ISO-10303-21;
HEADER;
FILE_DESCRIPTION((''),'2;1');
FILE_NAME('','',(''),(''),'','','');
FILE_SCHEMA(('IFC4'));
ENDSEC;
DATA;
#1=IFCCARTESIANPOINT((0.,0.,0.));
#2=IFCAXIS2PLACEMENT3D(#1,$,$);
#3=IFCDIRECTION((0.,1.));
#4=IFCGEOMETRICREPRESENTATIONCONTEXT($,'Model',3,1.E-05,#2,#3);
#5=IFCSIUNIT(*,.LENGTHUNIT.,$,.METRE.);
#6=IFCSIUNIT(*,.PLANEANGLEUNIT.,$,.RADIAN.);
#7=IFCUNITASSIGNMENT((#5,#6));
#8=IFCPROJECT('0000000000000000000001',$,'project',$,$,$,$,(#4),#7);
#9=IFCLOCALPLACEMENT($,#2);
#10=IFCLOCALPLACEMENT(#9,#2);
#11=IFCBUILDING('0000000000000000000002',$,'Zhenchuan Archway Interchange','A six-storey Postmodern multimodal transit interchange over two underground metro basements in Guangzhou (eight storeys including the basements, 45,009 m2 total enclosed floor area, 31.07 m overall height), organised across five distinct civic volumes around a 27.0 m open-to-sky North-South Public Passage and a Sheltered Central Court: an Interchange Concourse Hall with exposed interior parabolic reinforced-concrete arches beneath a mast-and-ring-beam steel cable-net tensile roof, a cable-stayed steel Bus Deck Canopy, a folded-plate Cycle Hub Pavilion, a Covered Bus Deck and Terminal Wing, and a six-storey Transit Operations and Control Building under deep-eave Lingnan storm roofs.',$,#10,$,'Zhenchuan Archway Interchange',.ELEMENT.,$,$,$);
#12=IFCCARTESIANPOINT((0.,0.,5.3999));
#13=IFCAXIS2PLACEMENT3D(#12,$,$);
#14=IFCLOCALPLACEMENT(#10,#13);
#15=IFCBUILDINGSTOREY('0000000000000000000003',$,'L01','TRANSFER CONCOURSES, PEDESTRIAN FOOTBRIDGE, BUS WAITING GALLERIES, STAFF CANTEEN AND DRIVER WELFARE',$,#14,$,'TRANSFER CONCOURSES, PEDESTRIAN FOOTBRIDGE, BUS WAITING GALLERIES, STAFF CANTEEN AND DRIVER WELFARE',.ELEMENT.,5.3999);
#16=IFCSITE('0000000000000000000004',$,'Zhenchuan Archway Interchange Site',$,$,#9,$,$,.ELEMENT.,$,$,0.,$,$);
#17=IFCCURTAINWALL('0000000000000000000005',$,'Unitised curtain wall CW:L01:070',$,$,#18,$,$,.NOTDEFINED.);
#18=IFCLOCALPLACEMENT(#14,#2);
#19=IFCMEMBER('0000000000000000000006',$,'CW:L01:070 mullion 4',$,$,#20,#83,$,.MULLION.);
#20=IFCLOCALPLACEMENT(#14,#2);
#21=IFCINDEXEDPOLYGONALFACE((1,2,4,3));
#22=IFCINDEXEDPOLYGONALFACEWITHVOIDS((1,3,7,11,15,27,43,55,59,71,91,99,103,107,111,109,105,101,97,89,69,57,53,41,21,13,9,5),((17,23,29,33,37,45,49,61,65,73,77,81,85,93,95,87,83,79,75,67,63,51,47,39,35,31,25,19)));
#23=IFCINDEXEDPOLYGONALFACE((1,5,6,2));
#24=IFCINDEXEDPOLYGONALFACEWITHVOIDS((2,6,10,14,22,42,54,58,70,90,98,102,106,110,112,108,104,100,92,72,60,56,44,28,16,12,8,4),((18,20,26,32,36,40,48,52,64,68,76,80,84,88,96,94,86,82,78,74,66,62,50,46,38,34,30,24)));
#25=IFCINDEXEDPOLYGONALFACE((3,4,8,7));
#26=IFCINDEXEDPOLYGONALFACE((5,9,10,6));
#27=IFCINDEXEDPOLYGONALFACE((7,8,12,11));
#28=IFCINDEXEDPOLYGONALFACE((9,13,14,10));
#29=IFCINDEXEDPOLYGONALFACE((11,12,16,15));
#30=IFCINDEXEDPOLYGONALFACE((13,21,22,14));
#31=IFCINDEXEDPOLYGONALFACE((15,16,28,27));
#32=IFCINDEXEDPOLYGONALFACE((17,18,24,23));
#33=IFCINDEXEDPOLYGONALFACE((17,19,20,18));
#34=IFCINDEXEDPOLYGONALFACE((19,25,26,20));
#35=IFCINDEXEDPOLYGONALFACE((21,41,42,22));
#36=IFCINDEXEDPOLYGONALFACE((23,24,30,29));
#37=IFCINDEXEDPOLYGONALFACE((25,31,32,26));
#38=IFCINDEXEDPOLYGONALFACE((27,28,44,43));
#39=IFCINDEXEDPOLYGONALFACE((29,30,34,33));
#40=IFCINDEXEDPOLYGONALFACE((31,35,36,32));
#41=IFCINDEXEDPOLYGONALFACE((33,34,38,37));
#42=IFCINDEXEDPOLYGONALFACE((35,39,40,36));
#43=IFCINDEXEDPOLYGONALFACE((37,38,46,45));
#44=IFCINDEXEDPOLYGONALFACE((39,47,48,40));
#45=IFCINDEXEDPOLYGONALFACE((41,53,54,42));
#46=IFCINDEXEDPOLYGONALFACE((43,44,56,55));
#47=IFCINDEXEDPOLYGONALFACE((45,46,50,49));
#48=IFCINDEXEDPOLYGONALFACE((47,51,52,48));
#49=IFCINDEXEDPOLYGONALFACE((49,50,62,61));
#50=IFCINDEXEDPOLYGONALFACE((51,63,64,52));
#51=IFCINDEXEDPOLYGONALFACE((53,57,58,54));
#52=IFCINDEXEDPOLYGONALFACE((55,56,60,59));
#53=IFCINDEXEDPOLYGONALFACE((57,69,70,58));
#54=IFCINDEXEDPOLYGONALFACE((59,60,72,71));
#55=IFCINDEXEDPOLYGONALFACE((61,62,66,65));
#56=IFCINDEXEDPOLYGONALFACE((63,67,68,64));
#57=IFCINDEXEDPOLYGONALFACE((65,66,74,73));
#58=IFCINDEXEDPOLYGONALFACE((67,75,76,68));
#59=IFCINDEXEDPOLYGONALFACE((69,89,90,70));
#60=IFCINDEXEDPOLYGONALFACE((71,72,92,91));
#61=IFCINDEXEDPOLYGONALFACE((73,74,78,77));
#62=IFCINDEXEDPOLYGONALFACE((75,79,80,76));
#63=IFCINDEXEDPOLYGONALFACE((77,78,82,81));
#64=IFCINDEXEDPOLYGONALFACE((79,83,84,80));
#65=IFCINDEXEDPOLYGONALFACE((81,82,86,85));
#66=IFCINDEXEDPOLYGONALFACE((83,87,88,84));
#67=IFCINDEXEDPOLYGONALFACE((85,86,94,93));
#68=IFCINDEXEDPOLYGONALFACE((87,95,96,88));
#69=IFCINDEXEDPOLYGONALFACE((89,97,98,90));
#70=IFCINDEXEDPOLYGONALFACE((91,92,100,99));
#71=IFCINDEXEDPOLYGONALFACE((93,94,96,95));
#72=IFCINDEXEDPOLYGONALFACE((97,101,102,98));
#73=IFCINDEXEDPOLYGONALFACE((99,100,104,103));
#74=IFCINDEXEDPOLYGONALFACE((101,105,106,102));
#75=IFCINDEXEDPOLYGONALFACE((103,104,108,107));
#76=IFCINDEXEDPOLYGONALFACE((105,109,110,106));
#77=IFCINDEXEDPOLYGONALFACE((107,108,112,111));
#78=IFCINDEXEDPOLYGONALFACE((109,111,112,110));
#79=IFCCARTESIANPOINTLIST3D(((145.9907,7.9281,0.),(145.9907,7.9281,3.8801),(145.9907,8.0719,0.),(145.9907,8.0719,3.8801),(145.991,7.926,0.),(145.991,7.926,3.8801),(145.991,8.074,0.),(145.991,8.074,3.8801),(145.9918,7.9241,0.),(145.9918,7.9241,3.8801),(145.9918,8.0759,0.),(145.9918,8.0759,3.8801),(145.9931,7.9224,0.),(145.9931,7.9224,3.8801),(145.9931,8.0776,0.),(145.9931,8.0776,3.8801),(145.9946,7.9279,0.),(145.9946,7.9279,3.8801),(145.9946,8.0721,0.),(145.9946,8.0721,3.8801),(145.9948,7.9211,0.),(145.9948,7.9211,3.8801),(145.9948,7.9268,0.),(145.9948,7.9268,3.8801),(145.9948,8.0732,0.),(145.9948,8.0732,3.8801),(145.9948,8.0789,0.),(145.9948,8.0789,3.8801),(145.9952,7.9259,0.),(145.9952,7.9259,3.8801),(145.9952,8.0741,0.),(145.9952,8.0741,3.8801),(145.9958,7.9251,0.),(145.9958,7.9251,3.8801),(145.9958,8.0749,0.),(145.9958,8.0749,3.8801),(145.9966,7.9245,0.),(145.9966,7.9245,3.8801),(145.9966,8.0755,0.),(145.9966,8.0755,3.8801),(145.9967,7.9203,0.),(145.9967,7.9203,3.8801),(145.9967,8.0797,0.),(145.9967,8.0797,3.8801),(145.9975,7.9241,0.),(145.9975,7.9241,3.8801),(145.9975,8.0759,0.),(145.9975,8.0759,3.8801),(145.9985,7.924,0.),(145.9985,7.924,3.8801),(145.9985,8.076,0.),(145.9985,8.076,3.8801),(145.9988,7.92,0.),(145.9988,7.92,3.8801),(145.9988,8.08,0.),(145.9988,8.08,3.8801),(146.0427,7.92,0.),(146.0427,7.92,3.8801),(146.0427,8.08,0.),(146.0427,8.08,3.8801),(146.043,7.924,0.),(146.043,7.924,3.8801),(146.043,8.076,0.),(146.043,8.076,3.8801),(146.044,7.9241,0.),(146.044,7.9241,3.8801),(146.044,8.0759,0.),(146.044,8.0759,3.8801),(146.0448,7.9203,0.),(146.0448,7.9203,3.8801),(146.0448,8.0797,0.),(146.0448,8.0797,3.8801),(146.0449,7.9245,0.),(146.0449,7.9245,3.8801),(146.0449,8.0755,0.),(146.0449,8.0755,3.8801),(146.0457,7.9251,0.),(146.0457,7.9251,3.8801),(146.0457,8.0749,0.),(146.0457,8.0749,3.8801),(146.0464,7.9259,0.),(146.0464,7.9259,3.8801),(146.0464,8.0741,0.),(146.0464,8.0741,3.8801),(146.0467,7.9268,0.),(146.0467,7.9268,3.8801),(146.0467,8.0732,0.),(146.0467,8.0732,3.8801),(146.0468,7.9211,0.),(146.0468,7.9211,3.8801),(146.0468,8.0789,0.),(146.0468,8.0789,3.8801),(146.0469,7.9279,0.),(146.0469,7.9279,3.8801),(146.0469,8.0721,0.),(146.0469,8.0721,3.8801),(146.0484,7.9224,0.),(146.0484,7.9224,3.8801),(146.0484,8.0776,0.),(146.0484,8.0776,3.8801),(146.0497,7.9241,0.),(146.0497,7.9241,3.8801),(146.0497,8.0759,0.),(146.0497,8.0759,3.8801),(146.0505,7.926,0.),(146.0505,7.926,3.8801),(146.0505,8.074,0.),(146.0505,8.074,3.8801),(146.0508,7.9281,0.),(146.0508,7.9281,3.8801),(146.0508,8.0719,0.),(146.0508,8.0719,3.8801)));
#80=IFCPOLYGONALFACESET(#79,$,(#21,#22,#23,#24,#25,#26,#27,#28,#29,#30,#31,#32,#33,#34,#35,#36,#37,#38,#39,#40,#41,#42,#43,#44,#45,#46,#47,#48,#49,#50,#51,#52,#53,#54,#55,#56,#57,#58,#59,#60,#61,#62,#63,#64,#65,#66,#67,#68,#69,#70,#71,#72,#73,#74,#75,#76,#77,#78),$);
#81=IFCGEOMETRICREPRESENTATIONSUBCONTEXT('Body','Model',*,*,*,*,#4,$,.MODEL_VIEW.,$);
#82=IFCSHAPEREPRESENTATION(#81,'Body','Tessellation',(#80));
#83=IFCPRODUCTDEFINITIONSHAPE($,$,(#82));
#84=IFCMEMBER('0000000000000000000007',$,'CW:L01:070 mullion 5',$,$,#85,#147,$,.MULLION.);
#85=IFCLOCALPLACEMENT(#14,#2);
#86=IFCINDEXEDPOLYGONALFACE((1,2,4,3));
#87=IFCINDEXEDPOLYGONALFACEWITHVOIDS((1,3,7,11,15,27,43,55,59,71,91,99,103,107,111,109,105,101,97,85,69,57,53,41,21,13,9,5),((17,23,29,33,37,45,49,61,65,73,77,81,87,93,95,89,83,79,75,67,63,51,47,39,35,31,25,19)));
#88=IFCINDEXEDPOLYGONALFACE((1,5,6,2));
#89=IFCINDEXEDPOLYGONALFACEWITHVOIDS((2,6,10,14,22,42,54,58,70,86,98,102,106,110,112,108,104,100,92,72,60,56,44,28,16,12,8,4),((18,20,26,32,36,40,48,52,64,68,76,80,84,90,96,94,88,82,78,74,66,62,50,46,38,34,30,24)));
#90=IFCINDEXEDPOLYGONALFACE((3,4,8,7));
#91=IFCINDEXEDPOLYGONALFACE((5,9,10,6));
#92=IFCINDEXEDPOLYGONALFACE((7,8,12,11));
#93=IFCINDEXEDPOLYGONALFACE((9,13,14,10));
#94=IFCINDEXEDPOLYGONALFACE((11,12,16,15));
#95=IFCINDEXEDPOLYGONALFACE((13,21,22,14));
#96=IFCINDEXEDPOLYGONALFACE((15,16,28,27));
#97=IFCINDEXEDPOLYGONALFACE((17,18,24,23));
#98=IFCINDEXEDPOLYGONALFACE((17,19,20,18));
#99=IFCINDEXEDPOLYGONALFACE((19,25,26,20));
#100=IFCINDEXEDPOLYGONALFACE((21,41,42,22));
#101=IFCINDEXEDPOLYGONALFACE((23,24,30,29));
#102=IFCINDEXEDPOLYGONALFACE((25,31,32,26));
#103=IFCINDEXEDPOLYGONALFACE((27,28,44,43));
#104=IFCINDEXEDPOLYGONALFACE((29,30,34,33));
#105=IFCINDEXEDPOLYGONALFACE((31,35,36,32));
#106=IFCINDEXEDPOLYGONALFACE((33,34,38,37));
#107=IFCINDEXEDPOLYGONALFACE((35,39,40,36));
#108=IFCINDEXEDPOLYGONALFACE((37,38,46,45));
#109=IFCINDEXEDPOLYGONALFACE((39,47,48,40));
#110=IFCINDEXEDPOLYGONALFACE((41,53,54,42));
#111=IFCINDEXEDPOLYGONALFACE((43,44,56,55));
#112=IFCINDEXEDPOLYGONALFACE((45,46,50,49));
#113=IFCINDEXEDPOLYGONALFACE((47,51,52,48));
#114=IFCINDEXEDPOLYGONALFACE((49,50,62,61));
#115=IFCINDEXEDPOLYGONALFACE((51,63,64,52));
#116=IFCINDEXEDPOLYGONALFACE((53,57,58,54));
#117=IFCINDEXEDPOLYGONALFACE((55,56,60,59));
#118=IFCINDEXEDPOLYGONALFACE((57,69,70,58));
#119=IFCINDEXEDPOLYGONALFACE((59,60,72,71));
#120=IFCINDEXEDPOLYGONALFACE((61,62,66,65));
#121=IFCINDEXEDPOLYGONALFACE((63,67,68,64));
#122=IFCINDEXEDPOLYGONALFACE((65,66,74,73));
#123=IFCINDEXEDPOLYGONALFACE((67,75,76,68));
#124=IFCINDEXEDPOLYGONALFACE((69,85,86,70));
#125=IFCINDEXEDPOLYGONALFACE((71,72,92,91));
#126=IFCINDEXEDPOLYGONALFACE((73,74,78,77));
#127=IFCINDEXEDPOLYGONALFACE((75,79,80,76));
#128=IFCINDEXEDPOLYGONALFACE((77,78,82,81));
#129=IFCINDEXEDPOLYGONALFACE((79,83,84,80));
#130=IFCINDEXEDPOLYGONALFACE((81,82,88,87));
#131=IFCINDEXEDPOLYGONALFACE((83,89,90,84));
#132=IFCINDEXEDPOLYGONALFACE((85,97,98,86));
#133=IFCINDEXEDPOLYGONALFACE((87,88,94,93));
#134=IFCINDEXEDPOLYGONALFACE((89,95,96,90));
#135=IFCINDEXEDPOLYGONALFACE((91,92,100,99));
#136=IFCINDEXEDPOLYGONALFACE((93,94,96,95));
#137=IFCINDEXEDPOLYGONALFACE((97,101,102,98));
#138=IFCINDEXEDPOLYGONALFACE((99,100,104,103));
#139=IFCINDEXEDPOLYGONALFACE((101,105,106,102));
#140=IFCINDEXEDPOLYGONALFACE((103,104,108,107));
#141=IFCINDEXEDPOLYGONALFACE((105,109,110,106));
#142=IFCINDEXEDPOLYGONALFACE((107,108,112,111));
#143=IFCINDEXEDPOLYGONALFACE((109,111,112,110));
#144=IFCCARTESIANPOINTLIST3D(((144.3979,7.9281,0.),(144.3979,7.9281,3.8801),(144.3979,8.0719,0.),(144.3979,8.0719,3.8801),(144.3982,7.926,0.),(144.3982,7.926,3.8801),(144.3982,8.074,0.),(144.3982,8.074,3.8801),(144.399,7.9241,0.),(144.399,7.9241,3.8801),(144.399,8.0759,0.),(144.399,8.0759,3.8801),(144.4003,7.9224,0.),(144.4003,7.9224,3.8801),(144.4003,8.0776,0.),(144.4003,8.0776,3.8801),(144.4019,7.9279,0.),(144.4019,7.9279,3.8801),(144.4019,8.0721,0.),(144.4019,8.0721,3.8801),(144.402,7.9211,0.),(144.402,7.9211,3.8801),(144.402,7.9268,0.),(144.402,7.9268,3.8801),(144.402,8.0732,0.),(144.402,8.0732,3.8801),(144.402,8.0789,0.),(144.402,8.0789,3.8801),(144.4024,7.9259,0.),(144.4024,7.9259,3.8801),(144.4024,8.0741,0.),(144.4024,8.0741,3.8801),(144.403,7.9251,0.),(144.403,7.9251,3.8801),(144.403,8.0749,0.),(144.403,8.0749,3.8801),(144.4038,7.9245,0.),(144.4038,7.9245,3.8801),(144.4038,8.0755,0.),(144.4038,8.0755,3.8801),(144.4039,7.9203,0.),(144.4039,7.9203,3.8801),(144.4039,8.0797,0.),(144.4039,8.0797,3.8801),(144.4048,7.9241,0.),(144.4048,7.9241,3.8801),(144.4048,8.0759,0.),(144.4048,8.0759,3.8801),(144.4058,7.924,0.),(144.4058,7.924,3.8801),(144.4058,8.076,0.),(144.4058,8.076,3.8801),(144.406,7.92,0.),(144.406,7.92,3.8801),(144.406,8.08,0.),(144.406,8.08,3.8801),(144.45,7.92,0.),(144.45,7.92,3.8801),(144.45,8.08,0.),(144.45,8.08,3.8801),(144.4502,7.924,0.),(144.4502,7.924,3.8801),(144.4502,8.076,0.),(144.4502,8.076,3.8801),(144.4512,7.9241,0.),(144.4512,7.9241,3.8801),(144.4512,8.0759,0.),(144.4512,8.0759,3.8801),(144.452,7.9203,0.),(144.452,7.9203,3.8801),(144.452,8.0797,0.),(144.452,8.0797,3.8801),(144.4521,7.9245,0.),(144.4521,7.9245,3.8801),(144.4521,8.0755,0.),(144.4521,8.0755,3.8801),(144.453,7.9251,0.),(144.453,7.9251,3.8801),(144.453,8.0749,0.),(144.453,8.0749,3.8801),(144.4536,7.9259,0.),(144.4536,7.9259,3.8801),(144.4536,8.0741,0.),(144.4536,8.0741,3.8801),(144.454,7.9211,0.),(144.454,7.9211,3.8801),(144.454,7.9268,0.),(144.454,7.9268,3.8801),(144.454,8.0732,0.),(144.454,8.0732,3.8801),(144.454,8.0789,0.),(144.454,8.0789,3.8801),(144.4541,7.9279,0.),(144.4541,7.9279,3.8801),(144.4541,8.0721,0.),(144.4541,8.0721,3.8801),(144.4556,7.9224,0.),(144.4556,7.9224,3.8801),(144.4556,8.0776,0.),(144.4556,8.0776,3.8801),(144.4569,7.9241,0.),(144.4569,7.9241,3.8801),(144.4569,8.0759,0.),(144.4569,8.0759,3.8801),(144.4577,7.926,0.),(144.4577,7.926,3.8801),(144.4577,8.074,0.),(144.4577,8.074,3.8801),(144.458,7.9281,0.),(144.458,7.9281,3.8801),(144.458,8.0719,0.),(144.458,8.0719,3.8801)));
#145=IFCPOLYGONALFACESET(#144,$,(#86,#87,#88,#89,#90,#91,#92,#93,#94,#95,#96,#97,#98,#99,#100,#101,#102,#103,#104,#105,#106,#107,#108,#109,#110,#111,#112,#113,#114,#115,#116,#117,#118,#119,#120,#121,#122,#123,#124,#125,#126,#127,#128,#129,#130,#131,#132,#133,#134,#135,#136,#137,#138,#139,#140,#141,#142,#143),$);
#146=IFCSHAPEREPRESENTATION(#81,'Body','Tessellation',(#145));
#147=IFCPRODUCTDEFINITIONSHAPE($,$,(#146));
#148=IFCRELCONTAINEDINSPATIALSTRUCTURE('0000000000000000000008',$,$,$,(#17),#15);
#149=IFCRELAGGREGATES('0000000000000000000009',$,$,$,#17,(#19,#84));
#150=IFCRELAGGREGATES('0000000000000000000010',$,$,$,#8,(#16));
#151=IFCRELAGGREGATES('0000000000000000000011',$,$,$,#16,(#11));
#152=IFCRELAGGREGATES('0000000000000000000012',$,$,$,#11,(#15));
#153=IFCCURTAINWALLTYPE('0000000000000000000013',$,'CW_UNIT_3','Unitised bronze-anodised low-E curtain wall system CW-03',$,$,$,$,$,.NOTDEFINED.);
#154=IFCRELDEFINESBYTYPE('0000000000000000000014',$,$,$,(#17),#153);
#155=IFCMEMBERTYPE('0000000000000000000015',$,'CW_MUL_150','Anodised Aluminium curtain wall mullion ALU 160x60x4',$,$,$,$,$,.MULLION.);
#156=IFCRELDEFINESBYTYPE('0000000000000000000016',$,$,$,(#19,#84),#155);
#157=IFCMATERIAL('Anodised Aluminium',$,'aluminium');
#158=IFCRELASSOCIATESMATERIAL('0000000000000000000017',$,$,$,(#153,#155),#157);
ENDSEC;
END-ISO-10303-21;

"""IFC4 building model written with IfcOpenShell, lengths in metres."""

from ifc_helpers import new_model, si_unit, direction, frame, origin, origin_2d, place, context, subcontext, project, spatial, hollow_rectangle, extrude, material, material_profile, profile_set, type_object, element, aggregate, save


model = new_model("IFC4")

# Units and contexts
model_context = context("Model", 3, precision=1e-05, world=origin(), true_north=direction((0.0, 1.0)))
body_context = subcontext(model_context, "Body", "Model", "MODEL_VIEW")
ifc_project = project(units=[si_unit("LENGTHUNIT", "METRE"), si_unit("PLANEANGLEUNIT", "RADIAN")], contexts=[model_context])

# Site, building, storey
site_placement = place(None, origin())
site = spatial("IfcSite", under=ifc_project, at=site_placement, Name="Zhenchuan Archway Interchange Site", CompositionType="ELEMENT", RefElevation=0.0)
building_placement = place(site_placement, origin())
building = spatial("IfcBuilding", under=site, at=building_placement, Name="Zhenchuan Archway Interchange", Description="A six-storey Postmodern multimodal transit interchange over two underground metro basements in Guangzhou (eight storeys including the basements, 45,009 m2 total enclosed floor area, 31.07 m overall height), organised across five distinct civic volumes around a 27.0 m open-to-sky North-South Public Passage and a Sheltered Central Court: an Interchange Concourse Hall with exposed interior parabolic reinforced-concrete arches beneath a mast-and-ring-beam steel cable-net tensile roof, a cable-stayed steel Bus Deck Canopy, a folded-plate Cycle Hub Pavilion, a Covered Bus Deck and Terminal Wing, and a six-storey Transit Operations and Control Building under deep-eave Lingnan storm roofs.", LongName="Zhenchuan Archway Interchange", CompositionType="ELEMENT")
storey_placement = place(building_placement, frame((0.0, 0.0, 5.3999)))
storey = spatial("IfcBuildingStorey", under=building, at=storey_placement, Name="L01", Description="TRANSFER CONCOURSES, PEDESTRIAN FOOTBRIDGE, BUS WAITING GALLERIES, STAFF CANTEEN AND DRIVER WELFARE", LongName="TRANSFER CONCOURSES, PEDESTRIAN FOOTBRIDGE, BUS WAITING GALLERIES, STAFF CANTEEN AND DRIVER WELFARE", CompositionType="ELEMENT", Elevation=5.3999)

# Curtain wall, members
ifc_material_1 = material(Name="Anodised Aluminium", Category="aluminium")
curtain_wall_type = type_object("IfcCurtainWallType", Name="CW_UNIT_3", Description="Unitised bronze-anodised low-E curtain wall system CW-03", PredefinedType="NOTDEFINED", material=ifc_material_1)
curtain_wall_placement = place(storey_placement, origin())
curtain_wall = element("IfcCurtainWall", 1, at=curtain_wall_placement, inside=storey, type_object=curtain_wall_type, Name="Unitised curtain wall CW:L01:070", PredefinedType="NOTDEFINED")
ifc_material_profile_1 = material_profile(ifc_material_1, hollow_rectangle(XDim=0.0601, YDim=0.1599, WallThickness=0.0039, InnerFilletRadius=0.0039, OuterFilletRadius=0.0081, at=origin_2d()), Name="ALU 160x60x4")
ifc_profile_set_1 = profile_set([ifc_material_profile_1], Name="Anodised Aluminium")
member_type_1 = type_object("IfcMemberType", Name="CW_MUL_150", Description="Anodised Aluminium curtain wall mullion ALU 160x60x4", PredefinedType="MULLION", material=ifc_profile_set_1)
member_1_placement = place(storey_placement, frame((146.0208, 8.0, 0.0), z_axis=(0.0, 0.0, 1.0), x_axis=(1.0, 0.0, 0.0)))
member_1 = element("IfcMember", 2, at=member_1_placement, type_object=member_type_1, Name="CW:L01:070 mullion 4", PredefinedType="MULLION", context=body_context, shape_type="SweptSolid", body=[
    extrude(hollow_rectangle(XDim=0.0601, YDim=0.1599, WallThickness=0.0039, InnerFilletRadius=0.0039, OuterFilletRadius=0.0081, at=origin_2d()), origin(), (0.0, 0.0, 1.0), 3.8801),
])
member_2_placement = place(storey_placement, frame((144.428, 8.0, 0.0), z_axis=(0.0, 0.0, 1.0), x_axis=(1.0, 0.0, 0.0)))
member_2 = element("IfcMember", 3, at=member_2_placement, type_object=member_type_1, Name="CW:L01:070 mullion 5", PredefinedType="MULLION", context=body_context, shape_type="SweptSolid", body=[
    extrude(hollow_rectangle(XDim=0.0601, YDim=0.1599, WallThickness=0.0039, InnerFilletRadius=0.0039, OuterFilletRadius=0.0081, at=origin_2d()), origin(), (0.0, 0.0, 1.0), 3.8801),
])

aggregate(curtain_wall, [member_1, member_2])

save(model, "model.ifc")
